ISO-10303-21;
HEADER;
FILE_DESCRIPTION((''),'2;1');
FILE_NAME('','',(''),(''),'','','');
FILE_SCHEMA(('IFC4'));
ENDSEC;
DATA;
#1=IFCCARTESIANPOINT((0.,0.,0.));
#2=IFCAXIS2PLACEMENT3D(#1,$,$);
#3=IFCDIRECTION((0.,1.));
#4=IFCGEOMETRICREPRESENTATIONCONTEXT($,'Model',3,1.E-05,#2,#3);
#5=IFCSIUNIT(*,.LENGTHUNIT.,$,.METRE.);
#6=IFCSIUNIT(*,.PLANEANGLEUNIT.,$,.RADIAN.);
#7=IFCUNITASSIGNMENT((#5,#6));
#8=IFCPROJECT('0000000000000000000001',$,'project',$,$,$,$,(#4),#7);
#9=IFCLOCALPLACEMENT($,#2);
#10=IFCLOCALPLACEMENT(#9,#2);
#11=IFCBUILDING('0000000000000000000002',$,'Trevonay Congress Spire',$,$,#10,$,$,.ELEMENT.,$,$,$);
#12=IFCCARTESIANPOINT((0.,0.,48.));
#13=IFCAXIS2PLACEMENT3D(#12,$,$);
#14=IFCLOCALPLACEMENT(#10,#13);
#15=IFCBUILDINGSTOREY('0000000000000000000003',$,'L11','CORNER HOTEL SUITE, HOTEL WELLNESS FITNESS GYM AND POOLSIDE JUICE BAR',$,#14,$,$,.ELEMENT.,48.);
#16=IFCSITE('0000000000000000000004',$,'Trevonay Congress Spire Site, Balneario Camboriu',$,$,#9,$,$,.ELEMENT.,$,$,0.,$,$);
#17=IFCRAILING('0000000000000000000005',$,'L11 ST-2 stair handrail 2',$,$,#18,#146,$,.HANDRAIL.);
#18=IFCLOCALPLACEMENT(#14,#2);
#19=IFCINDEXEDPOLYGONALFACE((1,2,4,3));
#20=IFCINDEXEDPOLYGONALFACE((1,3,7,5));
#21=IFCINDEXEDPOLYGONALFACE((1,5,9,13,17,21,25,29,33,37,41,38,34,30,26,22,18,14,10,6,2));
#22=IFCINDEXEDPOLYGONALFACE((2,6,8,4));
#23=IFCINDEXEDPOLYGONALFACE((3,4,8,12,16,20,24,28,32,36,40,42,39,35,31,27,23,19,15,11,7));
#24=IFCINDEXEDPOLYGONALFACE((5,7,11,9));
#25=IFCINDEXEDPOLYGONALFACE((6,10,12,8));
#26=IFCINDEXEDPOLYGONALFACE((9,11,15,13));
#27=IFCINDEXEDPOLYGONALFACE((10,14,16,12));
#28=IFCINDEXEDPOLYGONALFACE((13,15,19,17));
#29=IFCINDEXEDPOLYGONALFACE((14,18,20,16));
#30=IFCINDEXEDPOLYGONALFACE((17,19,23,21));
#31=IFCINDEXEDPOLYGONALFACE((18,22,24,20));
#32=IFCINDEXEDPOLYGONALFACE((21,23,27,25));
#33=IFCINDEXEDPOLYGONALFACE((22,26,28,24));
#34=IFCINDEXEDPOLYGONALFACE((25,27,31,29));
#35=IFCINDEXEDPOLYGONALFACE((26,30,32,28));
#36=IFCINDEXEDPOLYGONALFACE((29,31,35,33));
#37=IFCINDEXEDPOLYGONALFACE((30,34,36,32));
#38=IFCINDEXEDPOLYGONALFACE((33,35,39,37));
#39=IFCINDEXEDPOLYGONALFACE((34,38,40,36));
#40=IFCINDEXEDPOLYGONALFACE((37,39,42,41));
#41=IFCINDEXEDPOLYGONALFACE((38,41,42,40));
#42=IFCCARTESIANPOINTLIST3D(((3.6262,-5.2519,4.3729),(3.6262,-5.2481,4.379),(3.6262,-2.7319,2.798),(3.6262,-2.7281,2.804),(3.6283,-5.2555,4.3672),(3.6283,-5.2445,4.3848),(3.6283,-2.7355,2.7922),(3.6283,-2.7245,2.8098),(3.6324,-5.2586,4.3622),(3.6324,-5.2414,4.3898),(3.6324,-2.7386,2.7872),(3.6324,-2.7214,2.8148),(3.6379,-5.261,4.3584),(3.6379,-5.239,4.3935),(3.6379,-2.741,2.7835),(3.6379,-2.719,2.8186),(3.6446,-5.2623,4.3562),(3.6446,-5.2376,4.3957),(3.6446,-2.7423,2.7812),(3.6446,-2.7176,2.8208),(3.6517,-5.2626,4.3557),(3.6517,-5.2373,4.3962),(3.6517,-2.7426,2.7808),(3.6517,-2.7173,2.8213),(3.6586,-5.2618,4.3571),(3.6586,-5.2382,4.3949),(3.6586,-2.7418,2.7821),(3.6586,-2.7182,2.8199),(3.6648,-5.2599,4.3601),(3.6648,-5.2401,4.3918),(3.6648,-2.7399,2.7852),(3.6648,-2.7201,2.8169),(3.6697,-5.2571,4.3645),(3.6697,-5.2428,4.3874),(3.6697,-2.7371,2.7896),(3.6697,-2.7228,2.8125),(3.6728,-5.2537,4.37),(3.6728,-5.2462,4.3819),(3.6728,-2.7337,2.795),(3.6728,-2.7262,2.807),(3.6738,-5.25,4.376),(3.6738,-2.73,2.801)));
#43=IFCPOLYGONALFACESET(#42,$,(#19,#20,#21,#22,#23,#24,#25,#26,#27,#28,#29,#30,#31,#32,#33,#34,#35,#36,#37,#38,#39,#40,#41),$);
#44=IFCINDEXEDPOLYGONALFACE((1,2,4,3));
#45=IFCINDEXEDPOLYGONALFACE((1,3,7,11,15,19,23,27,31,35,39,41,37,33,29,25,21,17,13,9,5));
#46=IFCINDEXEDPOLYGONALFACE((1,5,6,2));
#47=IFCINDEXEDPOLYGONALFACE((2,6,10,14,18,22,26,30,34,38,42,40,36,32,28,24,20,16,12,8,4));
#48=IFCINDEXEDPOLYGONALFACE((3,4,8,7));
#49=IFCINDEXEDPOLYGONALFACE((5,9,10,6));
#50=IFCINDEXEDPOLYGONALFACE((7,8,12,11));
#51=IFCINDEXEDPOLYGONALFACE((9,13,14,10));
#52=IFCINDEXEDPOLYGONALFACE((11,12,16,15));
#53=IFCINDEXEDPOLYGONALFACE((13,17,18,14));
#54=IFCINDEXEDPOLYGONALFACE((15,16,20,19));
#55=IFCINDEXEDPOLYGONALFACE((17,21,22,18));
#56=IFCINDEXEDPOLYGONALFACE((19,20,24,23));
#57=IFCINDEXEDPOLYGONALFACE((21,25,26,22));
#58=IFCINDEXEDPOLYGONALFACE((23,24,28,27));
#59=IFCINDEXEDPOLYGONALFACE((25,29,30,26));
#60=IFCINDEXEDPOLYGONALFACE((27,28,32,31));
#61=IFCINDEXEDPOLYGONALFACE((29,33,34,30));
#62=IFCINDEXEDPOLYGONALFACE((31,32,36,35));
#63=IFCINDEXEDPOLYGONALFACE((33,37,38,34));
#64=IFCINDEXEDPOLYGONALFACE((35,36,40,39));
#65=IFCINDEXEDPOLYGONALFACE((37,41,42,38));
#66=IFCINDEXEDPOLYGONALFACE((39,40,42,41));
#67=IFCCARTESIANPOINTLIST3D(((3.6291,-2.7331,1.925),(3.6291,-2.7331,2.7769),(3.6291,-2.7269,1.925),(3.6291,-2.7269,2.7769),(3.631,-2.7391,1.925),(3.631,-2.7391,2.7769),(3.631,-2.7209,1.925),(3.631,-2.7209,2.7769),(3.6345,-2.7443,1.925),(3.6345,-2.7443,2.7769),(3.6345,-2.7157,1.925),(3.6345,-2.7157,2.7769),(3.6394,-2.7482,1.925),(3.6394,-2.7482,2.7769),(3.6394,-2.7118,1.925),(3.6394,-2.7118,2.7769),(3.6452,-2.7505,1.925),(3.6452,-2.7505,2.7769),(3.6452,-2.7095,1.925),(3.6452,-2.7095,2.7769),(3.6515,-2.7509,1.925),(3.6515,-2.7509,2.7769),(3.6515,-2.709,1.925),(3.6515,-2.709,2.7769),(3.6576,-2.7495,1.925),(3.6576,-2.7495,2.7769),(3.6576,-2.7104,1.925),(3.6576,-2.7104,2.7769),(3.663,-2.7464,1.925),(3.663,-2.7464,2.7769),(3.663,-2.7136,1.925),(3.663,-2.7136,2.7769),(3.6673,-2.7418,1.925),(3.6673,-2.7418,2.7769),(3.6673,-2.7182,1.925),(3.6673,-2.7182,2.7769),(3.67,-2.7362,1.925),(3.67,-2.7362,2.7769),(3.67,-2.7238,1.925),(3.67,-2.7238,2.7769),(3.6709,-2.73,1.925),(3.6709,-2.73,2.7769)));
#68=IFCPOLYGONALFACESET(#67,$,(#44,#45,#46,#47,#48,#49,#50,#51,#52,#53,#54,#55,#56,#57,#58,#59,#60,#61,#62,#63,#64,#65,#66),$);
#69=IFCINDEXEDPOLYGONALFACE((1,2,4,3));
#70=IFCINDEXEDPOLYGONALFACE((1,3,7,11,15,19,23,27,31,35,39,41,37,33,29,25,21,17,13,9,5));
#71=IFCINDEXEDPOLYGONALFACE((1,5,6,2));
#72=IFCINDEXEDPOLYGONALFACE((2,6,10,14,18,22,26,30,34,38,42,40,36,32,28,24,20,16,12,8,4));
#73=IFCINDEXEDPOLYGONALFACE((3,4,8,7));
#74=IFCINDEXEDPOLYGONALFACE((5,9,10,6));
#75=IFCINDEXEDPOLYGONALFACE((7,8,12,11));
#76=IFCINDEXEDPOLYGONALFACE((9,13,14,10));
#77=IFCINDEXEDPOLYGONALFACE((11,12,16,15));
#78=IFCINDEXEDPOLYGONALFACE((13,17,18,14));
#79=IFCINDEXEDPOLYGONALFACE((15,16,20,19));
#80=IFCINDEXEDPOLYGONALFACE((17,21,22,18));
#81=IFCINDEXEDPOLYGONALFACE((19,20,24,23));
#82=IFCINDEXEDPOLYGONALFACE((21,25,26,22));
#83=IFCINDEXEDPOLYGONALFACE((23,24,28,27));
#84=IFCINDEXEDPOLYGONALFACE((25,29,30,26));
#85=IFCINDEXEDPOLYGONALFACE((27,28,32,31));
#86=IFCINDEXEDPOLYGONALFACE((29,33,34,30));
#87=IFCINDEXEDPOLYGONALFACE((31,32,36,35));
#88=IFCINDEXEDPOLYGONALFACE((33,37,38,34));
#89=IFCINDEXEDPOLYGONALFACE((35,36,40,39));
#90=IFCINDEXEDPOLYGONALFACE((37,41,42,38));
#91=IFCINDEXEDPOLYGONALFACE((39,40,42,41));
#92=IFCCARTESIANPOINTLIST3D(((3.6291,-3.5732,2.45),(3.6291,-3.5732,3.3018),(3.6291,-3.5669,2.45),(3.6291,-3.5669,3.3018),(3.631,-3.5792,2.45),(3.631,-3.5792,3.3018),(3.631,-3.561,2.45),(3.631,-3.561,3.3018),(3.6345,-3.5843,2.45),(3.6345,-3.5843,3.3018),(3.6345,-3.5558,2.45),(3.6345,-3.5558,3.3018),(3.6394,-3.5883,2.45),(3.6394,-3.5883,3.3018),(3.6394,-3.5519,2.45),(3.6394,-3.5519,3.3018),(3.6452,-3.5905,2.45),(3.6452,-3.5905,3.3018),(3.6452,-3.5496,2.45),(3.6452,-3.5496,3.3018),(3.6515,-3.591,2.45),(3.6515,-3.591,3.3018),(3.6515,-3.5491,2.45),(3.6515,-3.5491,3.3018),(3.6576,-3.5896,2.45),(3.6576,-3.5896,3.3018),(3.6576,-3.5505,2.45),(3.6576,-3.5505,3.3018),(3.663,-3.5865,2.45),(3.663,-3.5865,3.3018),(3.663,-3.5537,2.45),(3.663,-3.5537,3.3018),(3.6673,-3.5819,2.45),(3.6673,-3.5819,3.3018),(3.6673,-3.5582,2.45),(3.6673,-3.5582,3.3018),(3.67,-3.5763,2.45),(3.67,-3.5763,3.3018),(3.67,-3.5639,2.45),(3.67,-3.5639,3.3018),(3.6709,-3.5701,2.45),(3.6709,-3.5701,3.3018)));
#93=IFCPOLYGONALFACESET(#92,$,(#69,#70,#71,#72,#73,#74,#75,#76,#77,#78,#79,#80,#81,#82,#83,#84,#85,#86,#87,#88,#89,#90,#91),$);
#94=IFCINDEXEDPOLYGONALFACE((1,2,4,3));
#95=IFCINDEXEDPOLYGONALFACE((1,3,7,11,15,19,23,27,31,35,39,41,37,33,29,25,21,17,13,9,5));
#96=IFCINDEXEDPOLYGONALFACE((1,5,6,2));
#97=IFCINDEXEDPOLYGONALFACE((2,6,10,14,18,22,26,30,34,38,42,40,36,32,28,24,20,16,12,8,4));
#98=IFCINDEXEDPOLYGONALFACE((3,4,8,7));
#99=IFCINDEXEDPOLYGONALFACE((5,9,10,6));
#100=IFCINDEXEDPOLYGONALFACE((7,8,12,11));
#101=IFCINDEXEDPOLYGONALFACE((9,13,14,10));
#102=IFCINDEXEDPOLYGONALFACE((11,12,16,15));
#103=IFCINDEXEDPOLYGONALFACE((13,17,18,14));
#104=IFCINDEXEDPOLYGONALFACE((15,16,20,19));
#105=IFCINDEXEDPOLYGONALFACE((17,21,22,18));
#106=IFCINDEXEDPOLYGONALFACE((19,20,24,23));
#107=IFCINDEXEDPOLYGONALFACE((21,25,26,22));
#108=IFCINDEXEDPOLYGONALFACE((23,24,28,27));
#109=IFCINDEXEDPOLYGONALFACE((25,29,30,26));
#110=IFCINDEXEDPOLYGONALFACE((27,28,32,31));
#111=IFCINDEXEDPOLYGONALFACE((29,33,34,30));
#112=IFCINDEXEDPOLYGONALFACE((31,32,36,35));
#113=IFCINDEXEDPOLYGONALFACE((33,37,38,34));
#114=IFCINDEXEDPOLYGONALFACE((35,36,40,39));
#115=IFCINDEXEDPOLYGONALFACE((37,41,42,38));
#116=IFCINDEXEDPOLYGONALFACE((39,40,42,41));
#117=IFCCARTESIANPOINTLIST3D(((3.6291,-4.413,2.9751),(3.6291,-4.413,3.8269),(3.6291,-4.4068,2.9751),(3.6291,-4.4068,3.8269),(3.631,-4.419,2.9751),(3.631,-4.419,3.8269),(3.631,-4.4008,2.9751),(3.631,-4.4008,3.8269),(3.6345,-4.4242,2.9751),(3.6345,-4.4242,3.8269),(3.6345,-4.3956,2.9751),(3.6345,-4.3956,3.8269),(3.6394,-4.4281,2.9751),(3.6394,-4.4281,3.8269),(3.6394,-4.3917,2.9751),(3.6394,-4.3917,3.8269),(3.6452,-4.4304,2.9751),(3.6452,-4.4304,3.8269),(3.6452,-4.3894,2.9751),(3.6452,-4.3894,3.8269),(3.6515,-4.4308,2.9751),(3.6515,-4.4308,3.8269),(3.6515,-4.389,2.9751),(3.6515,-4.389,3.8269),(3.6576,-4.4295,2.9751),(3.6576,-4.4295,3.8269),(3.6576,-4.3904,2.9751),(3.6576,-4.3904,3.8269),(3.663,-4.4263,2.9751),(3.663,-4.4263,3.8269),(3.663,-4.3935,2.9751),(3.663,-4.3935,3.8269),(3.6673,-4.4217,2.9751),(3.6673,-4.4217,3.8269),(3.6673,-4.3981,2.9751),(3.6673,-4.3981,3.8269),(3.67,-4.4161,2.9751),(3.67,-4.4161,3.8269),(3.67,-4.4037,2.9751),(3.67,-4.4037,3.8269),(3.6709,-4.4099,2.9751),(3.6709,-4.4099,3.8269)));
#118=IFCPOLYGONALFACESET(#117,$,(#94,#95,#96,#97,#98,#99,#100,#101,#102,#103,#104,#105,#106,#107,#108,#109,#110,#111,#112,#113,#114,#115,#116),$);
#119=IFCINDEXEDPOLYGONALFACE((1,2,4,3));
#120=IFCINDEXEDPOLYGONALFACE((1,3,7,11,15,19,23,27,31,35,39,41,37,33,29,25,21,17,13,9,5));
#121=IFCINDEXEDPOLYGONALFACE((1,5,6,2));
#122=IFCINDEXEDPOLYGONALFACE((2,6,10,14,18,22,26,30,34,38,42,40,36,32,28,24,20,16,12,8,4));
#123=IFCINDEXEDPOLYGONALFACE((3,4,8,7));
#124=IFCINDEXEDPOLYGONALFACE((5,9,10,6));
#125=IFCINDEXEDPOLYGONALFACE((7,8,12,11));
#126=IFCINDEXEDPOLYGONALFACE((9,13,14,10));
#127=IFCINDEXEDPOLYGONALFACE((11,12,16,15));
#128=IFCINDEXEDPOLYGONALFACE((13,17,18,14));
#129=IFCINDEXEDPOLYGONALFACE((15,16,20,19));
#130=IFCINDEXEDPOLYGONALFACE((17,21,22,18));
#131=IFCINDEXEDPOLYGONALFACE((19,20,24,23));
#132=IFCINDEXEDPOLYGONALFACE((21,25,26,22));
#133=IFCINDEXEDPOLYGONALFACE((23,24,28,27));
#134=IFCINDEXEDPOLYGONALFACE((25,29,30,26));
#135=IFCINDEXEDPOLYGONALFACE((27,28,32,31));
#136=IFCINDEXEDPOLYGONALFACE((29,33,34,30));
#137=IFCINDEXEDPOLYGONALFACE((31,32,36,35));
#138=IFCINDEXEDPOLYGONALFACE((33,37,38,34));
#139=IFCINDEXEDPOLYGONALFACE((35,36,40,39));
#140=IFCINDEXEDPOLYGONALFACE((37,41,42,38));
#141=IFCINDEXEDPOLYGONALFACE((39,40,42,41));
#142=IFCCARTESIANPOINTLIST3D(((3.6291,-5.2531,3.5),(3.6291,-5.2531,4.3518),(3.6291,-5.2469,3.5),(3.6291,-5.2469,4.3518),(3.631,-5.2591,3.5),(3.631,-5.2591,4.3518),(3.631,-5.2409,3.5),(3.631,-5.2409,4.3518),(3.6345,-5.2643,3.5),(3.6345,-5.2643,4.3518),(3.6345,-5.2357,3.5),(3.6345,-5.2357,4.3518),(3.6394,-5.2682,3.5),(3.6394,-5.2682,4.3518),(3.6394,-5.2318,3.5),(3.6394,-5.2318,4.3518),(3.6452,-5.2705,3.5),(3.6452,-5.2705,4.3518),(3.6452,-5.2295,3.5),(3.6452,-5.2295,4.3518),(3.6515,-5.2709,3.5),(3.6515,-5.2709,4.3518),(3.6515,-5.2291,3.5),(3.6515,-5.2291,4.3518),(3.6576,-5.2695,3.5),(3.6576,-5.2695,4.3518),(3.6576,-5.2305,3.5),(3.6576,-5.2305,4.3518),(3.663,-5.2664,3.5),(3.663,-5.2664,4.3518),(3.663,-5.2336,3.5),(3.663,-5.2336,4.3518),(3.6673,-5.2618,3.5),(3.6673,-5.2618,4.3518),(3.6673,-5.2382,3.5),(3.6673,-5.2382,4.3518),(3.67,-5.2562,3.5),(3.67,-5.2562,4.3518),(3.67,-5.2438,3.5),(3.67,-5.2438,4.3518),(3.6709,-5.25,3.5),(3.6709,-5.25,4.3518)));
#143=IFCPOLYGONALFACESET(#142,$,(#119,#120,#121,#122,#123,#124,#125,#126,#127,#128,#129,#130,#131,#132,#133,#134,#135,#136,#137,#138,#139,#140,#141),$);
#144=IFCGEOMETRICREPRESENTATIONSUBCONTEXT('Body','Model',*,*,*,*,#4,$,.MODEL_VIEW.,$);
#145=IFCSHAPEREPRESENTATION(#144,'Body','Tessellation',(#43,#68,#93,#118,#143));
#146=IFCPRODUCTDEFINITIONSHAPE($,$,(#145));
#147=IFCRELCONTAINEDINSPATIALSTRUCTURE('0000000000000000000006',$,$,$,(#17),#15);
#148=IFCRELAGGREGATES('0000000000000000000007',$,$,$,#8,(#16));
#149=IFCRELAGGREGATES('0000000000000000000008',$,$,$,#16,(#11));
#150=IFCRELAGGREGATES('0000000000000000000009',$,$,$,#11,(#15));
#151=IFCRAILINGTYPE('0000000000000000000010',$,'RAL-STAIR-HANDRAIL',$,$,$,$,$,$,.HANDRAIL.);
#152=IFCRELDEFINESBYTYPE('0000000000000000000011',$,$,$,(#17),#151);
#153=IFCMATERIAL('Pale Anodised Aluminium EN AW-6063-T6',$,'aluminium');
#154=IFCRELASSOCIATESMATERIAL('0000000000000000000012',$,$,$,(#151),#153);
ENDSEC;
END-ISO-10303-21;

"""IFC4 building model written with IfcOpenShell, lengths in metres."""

from ifc_helpers import new_model, si_unit, direction, frame, origin, origin_2d, place, context, subcontext, project, spatial, circle, extrude, material, type_object, element, save


model = new_model("IFC4")

# Units and contexts
model_context = context("Model", 3, precision=1e-05, world=origin(), true_north=direction((0.0, 1.0)))
body_context = subcontext(model_context, "Body", "Model", "MODEL_VIEW")
ifc_project = project(units=[si_unit("LENGTHUNIT", "METRE"), si_unit("PLANEANGLEUNIT", "RADIAN")], contexts=[model_context])

# Site, building, storey
site_placement = place(None, origin())
site = spatial("IfcSite", under=ifc_project, at=site_placement, Name="Trevonay Congress Spire Site, Balneario Camboriu", CompositionType="ELEMENT", RefElevation=0.0)
building_placement = place(site_placement, origin())
building = spatial("IfcBuilding", under=site, at=building_placement, Name="Trevonay Congress Spire", CompositionType="ELEMENT")
storey_placement = place(building_placement, frame((0.0, 0.0, 48.0)))
storey = spatial("IfcBuildingStorey", under=building, at=storey_placement, Name="L11", Description="CORNER HOTEL SUITE, HOTEL WELLNESS FITNESS GYM AND POOLSIDE JUICE BAR", CompositionType="ELEMENT", Elevation=48.0)

# Railing
ifc_material_1 = material(Name="Pale Anodised Aluminium EN AW-6063-T6", Category="aluminium")
railing_type_1 = type_object("IfcRailingType", Name="RAL-STAIR-HANDRAIL", PredefinedType="HANDRAIL", material=ifc_material_1)
railing_1_placement = place(storey_placement, frame((3.6499, -2.73, 1.925)))
element("IfcRailing", 1, at=railing_1_placement, inside=storey, type_object=railing_type_1, Name="L11 ST-2 stair handrail 2", PredefinedType="HANDRAIL", context=body_context, shape_type="SweptSolid", body=[
    extrude(circle(Radius=0.0239, at=origin_2d()), frame((0.0, 0.0, 0.876), z_axis=(0.0, -0.848008, 0.529984), x_axis=(1.0, 0.0, 0.0)), (0.0, 0.0, 1.0), 2.9717),
    extrude(circle(Radius=0.021, at=origin_2d()), origin(), (0.0, 0.0, 1.0), 0.8518),
    extrude(circle(Radius=0.021, at=origin_2d()), frame((0.0, -0.8401, 0.5249)), (0.0, 0.0, 1.0), 0.8518),
    extrude(circle(Radius=0.021, at=origin_2d()), frame((0.0, -1.6799, 1.05)), (0.0, 0.0, 1.0), 0.8518),
    extrude(circle(Radius=0.021, at=origin_2d()), frame((0.0, -2.52, 1.575)), (0.0, 0.0, 1.0), 0.8518),
])

save(model, "model.ifc")
